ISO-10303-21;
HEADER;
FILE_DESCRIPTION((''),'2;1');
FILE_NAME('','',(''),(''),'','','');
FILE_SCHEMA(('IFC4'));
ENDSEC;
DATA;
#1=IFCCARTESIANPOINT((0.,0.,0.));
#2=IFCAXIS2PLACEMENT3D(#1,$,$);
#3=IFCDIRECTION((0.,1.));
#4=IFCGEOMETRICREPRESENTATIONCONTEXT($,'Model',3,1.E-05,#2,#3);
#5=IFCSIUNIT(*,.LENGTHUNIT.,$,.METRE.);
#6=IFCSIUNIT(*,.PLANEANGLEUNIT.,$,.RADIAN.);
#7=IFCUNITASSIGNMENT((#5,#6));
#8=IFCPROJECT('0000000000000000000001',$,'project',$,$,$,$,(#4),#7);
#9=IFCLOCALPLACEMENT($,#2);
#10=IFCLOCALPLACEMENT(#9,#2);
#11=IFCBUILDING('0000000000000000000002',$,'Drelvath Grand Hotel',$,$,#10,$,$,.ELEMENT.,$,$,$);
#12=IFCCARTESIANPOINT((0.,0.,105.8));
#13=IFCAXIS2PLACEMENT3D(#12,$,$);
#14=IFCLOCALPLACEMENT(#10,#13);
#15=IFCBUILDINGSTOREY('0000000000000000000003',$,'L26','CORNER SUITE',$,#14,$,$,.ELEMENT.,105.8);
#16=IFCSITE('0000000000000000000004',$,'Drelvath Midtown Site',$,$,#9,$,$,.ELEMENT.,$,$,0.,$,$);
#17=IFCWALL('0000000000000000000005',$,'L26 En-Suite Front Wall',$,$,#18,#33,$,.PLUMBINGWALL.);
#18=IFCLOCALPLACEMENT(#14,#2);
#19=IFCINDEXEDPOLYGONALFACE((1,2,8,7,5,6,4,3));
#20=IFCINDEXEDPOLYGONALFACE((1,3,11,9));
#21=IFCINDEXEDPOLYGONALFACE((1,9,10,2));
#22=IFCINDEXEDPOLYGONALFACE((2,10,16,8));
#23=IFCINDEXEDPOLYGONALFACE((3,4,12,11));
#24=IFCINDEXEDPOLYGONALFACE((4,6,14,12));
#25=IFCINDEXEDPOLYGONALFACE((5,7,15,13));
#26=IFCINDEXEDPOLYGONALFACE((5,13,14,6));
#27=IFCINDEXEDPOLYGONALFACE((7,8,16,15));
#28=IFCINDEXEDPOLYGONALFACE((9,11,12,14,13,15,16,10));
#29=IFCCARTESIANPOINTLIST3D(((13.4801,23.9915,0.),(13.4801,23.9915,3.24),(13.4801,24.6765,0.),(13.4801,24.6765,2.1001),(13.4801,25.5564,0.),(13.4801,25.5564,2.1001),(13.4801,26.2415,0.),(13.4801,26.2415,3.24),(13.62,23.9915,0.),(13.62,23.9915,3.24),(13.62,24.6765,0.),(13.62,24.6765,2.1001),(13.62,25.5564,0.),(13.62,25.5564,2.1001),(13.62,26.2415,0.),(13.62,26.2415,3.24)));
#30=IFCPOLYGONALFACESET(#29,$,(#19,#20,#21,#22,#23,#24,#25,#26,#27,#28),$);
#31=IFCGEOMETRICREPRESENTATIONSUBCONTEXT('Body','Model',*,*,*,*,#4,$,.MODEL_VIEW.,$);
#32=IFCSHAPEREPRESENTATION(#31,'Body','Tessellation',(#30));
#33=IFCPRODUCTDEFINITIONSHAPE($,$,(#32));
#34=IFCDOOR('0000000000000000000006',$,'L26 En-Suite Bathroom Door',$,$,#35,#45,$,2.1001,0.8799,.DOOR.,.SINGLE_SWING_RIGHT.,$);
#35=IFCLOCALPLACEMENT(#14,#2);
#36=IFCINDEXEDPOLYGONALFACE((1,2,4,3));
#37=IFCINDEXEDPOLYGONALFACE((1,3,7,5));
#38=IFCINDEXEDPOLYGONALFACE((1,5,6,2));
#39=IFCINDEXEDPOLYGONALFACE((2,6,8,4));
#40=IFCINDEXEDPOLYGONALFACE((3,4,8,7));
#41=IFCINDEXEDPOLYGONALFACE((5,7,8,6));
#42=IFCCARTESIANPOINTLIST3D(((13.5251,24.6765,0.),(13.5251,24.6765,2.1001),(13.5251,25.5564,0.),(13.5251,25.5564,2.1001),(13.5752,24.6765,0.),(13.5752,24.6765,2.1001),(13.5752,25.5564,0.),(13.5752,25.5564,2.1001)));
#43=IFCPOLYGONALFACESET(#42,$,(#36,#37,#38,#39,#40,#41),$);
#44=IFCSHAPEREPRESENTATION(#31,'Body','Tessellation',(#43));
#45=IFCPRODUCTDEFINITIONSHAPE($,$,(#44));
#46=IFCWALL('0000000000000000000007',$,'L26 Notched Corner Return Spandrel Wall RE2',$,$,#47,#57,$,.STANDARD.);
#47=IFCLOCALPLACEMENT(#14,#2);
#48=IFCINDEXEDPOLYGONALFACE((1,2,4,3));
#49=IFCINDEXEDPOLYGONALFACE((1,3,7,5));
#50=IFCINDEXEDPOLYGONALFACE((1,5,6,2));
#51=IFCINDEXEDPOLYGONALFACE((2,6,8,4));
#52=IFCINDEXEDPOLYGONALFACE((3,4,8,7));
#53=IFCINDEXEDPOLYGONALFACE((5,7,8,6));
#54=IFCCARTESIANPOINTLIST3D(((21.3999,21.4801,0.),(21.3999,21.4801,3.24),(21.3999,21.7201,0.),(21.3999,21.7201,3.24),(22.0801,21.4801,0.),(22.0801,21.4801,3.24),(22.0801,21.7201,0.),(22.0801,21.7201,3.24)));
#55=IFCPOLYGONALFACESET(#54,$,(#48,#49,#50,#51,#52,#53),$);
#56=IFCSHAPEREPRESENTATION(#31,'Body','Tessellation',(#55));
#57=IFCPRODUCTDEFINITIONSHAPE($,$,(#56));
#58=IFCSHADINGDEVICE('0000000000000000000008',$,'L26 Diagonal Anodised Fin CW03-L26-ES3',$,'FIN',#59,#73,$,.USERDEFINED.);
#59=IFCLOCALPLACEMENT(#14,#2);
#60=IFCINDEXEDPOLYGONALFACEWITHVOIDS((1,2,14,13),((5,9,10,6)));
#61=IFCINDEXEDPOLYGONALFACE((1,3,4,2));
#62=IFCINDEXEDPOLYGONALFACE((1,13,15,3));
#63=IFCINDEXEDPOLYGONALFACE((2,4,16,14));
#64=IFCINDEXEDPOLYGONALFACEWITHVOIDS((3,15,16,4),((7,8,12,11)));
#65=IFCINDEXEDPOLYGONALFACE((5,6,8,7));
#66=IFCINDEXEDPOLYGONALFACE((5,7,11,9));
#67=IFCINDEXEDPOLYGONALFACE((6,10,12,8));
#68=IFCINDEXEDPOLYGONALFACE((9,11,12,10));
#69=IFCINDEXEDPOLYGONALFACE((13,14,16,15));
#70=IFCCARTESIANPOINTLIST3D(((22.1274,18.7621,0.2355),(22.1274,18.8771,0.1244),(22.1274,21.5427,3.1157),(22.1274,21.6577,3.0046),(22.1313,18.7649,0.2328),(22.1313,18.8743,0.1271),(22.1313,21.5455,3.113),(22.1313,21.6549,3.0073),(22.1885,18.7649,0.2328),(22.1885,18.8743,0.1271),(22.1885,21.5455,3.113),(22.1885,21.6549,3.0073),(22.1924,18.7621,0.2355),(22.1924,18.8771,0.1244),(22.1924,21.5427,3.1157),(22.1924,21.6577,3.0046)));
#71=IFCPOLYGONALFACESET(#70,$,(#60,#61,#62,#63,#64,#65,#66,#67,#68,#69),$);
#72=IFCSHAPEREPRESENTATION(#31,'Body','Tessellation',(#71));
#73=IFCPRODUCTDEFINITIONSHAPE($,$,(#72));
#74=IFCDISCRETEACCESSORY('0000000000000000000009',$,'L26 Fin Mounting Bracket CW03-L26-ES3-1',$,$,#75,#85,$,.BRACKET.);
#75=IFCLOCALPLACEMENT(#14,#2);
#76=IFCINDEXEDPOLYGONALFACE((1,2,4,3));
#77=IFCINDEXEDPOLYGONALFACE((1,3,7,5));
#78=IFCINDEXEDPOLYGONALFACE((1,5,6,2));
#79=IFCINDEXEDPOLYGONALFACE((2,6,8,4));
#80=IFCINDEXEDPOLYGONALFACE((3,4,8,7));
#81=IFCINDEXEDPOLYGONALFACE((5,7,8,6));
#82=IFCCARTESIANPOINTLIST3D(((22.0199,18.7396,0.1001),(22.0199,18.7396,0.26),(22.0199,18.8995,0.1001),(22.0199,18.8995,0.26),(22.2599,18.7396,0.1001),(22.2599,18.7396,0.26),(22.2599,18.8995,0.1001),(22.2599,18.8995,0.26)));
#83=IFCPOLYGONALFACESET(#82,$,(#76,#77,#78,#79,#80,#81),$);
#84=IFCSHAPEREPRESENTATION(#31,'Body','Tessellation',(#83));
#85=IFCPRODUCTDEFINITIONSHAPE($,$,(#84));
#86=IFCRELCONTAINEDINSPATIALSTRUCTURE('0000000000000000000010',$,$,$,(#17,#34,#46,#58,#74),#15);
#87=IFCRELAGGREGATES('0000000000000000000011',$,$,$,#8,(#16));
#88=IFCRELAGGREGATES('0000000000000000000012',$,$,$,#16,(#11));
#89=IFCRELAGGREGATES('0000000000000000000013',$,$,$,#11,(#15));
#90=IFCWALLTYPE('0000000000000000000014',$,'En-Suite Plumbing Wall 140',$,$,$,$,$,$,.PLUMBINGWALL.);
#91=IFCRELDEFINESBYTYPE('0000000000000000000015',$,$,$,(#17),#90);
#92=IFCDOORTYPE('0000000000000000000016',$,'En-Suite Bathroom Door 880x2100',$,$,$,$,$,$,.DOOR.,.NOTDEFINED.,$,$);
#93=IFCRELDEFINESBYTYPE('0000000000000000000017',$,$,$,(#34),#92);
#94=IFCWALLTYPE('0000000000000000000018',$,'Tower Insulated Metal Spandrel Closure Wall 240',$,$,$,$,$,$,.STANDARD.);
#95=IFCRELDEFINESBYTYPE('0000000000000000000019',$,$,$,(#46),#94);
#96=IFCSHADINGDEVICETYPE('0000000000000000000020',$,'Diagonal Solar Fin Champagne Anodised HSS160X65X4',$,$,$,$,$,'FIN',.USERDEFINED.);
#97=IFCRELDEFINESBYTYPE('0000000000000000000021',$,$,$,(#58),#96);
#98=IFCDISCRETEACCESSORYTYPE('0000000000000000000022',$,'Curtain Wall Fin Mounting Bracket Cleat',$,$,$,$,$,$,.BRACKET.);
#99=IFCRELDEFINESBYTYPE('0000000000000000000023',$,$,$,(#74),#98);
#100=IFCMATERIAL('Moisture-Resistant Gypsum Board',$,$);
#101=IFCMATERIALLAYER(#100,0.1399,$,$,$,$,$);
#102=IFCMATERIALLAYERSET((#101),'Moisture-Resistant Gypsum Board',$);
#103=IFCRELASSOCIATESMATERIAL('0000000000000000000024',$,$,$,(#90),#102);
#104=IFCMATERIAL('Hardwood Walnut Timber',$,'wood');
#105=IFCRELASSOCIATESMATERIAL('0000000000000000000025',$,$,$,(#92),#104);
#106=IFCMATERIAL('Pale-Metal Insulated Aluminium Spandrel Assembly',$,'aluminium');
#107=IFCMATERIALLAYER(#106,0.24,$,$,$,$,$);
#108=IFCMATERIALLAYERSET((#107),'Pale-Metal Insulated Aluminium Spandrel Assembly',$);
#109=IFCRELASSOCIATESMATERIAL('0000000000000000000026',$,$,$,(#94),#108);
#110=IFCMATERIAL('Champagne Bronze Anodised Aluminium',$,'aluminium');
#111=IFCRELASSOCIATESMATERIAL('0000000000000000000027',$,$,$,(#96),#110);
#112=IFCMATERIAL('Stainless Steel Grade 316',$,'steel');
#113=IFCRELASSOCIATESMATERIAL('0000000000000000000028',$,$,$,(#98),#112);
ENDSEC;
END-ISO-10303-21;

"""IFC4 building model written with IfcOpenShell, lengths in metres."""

from ifc_helpers import new_model, si_unit, direction, frame, frame_2d, origin, origin_2d, place, context, subcontext, project, spatial, rectangle, hollow_rectangle, extrude, material, layer, layer_set, material_profile, profile_set, type_object, element, fill, save


model = new_model("IFC4")

# Units and contexts
model_context = context("Model", 3, precision=1e-05, world=origin(), true_north=direction((0.0, 1.0)))
body_context = subcontext(model_context, "Body", "Model", "MODEL_VIEW")
ifc_project = project(units=[si_unit("LENGTHUNIT", "METRE"), si_unit("PLANEANGLEUNIT", "RADIAN")], contexts=[model_context])

# Site, building, storey
site_placement = place(None, origin())
site = spatial("IfcSite", under=ifc_project, at=site_placement, Name="Drelvath Midtown Site", CompositionType="ELEMENT", RefElevation=0.0)
building_placement = place(site_placement, origin())
building = spatial("IfcBuilding", under=site, at=building_placement, Name="Drelvath Grand Hotel", CompositionType="ELEMENT")
storey_placement = place(building_placement, frame((0.0, 0.0, 105.8)))
storey = spatial("IfcBuildingStorey", under=building, at=storey_placement, Name="L26", Description="CORNER SUITE", CompositionType="ELEMENT", Elevation=105.8)

# Wall, opening, door
ifc_material_1 = material(Name="Moisture-Resistant Gypsum Board")
ifc_layer_1 = layer(ifc_material_1, 0.1399)
ifc_layer_set_1 = layer_set([ifc_layer_1], Name="Moisture-Resistant Gypsum Board")
wall_type_1 = type_object("IfcWallType", Name="En-Suite Plumbing Wall 140", PredefinedType="PLUMBINGWALL", material=ifc_layer_set_1)
wall_1_placement = place(storey_placement, frame((13.55, 23.9915, 0.0), z_axis=(0.0, 0.0, 1.0), x_axis=(0.0, 1.0, 0.0)))
wall_1 = element("IfcWall", 1, at=wall_1_placement, inside=storey, type_object=wall_type_1, Name="L26 En-Suite Front Wall", PredefinedType="PLUMBINGWALL", context=body_context, shape_type="SweptSolid", body=[
    extrude(rectangle(XDim=2.25, YDim=0.1399, at=frame_2d((1.125, 0.0))), origin(), (0.0, 0.0, 1.0), 3.24),
])
opening_placement = place(wall_1_placement, frame((0.6851, 0.0, 0.0)))
opening = element("IfcOpeningElement", 2, at=opening_placement, cuts=wall_1, PredefinedType="OPENING", context=body_context, shape_type="SweptSolid", body=[
    extrude(rectangle(XDim=0.8799, YDim=2.1001, at=frame_2d((0.4399, 1.05))), frame((0.0, 0.0798, 0.0), z_axis=(0.0, -1.0, 0.0), x_axis=(1.0, 0.0, 0.0)), (0.0, 0.0, 1.0), 0.1599),
])
ifc_material_2 = material(Name="Hardwood Walnut Timber", Category="wood")
door_type = type_object("IfcDoorType", Name="En-Suite Bathroom Door 880x2100", OperationType="NOTDEFINED", PredefinedType="DOOR", material=ifc_material_2)
door_placement = place(opening_placement, origin())
door = element("IfcDoor", 3, at=door_placement, inside=storey, type_object=door_type, Name="L26 En-Suite Bathroom Door", OperationType="SINGLE_SWING_RIGHT", OverallHeight=2.1001, OverallWidth=0.8799, PredefinedType="DOOR", context=body_context, shape_type="SweptSolid", body=[
    extrude(rectangle(XDim=0.8799, YDim=2.1001, at=frame_2d((0.4399, 1.05))), frame((0.0, 0.0249, 0.0), z_axis=(0.0, -1.0, 0.0), x_axis=(1.0, 0.0, 0.0)), (0.0, 0.0, 1.0), 0.05),
])
fill(opening, door)

# Wall
ifc_material_3 = material(Name="Pale-Metal Insulated Aluminium Spandrel Assembly", Category="aluminium")
ifc_layer_2 = layer(ifc_material_3, 0.24)
ifc_layer_set_2 = layer_set([ifc_layer_2], Name="Pale-Metal Insulated Aluminium Spandrel Assembly")
wall_type_2 = type_object("IfcWallType", Name="Tower Insulated Metal Spandrel Closure Wall 240", PredefinedType="STANDARD", material=ifc_layer_set_2)
wall_2_placement = place(storey_placement, frame((21.3999, 21.6001, 0.0), z_axis=(0.0, 0.0, 1.0), x_axis=(1.0, 0.0, 0.0)))
element("IfcWall", 4, at=wall_2_placement, inside=storey, type_object=wall_type_2, Name="L26 Notched Corner Return Spandrel Wall RE2", PredefinedType="STANDARD", context=body_context, shape_type="SweptSolid", body=[
    extrude(rectangle(XDim=0.6802, YDim=0.24, at=frame_2d((0.3401, 0.0))), origin(), (0.0, 0.0, 1.0), 3.24),
])

# Shading device
ifc_material_4 = material(Name="Champagne Bronze Anodised Aluminium", Category="aluminium")
ifc_material_profile_1 = material_profile(ifc_material_4, hollow_rectangle(XDim=0.0649, YDim=0.1599, WallThickness=0.0039, at=origin_2d()), Name="HSS160X65X4")
ifc_profile_set_1 = profile_set([ifc_material_profile_1], Name="Champagne Bronze Anodised Aluminium")
shading_device_type = type_object("IfcShadingDeviceType", Name="Diagonal Solar Fin Champagne Anodised HSS160X65X4", ElementType="FIN", PredefinedType="USERDEFINED", material=ifc_profile_set_1)
shading_device_placement = place(storey_placement, frame((22.1599, 18.8196, 0.1799), z_axis=(0.0, 0.694556, 0.719438), x_axis=(-1.0, 0.0, 0.0)))
element("IfcShadingDevice", 5, at=shading_device_placement, inside=storey, type_object=shading_device_type, Name="L26 Diagonal Anodised Fin CW03-L26-ES3", ObjectType="FIN", PredefinedType="USERDEFINED", context=body_context, shape_type="SweptSolid", body=[
    extrude(hollow_rectangle(XDim=0.0649, YDim=0.1599, WallThickness=0.0039, at=origin_2d()), origin(), (0.0, 0.0, 1.0), 4.0034),
])

# Discrete accessory
ifc_material_5 = material(Name="Stainless Steel Grade 316", Category="steel")
discrete_accessory_type = type_object("IfcDiscreteAccessoryType", Name="Curtain Wall Fin Mounting Bracket Cleat", PredefinedType="BRACKET", material=ifc_material_5)
discrete_accessory_placement = place(storey_placement, frame((22.1399, 18.8196, 0.1001), z_axis=(0.0, 0.0, 1.0), x_axis=(0.0, -1.0, 0.0)))
element("IfcDiscreteAccessory", 6, at=discrete_accessory_placement, inside=storey, type_object=discrete_accessory_type, Name="L26 Fin Mounting Bracket CW03-L26-ES3-1", PredefinedType="BRACKET", context=body_context, shape_type="SweptSolid", body=[
    extrude(rectangle(XDim=0.1599, YDim=0.24, at=origin_2d()), origin(), (0.0, 0.0, 1.0), 0.1599),
])

save(model, "model.ifc")
